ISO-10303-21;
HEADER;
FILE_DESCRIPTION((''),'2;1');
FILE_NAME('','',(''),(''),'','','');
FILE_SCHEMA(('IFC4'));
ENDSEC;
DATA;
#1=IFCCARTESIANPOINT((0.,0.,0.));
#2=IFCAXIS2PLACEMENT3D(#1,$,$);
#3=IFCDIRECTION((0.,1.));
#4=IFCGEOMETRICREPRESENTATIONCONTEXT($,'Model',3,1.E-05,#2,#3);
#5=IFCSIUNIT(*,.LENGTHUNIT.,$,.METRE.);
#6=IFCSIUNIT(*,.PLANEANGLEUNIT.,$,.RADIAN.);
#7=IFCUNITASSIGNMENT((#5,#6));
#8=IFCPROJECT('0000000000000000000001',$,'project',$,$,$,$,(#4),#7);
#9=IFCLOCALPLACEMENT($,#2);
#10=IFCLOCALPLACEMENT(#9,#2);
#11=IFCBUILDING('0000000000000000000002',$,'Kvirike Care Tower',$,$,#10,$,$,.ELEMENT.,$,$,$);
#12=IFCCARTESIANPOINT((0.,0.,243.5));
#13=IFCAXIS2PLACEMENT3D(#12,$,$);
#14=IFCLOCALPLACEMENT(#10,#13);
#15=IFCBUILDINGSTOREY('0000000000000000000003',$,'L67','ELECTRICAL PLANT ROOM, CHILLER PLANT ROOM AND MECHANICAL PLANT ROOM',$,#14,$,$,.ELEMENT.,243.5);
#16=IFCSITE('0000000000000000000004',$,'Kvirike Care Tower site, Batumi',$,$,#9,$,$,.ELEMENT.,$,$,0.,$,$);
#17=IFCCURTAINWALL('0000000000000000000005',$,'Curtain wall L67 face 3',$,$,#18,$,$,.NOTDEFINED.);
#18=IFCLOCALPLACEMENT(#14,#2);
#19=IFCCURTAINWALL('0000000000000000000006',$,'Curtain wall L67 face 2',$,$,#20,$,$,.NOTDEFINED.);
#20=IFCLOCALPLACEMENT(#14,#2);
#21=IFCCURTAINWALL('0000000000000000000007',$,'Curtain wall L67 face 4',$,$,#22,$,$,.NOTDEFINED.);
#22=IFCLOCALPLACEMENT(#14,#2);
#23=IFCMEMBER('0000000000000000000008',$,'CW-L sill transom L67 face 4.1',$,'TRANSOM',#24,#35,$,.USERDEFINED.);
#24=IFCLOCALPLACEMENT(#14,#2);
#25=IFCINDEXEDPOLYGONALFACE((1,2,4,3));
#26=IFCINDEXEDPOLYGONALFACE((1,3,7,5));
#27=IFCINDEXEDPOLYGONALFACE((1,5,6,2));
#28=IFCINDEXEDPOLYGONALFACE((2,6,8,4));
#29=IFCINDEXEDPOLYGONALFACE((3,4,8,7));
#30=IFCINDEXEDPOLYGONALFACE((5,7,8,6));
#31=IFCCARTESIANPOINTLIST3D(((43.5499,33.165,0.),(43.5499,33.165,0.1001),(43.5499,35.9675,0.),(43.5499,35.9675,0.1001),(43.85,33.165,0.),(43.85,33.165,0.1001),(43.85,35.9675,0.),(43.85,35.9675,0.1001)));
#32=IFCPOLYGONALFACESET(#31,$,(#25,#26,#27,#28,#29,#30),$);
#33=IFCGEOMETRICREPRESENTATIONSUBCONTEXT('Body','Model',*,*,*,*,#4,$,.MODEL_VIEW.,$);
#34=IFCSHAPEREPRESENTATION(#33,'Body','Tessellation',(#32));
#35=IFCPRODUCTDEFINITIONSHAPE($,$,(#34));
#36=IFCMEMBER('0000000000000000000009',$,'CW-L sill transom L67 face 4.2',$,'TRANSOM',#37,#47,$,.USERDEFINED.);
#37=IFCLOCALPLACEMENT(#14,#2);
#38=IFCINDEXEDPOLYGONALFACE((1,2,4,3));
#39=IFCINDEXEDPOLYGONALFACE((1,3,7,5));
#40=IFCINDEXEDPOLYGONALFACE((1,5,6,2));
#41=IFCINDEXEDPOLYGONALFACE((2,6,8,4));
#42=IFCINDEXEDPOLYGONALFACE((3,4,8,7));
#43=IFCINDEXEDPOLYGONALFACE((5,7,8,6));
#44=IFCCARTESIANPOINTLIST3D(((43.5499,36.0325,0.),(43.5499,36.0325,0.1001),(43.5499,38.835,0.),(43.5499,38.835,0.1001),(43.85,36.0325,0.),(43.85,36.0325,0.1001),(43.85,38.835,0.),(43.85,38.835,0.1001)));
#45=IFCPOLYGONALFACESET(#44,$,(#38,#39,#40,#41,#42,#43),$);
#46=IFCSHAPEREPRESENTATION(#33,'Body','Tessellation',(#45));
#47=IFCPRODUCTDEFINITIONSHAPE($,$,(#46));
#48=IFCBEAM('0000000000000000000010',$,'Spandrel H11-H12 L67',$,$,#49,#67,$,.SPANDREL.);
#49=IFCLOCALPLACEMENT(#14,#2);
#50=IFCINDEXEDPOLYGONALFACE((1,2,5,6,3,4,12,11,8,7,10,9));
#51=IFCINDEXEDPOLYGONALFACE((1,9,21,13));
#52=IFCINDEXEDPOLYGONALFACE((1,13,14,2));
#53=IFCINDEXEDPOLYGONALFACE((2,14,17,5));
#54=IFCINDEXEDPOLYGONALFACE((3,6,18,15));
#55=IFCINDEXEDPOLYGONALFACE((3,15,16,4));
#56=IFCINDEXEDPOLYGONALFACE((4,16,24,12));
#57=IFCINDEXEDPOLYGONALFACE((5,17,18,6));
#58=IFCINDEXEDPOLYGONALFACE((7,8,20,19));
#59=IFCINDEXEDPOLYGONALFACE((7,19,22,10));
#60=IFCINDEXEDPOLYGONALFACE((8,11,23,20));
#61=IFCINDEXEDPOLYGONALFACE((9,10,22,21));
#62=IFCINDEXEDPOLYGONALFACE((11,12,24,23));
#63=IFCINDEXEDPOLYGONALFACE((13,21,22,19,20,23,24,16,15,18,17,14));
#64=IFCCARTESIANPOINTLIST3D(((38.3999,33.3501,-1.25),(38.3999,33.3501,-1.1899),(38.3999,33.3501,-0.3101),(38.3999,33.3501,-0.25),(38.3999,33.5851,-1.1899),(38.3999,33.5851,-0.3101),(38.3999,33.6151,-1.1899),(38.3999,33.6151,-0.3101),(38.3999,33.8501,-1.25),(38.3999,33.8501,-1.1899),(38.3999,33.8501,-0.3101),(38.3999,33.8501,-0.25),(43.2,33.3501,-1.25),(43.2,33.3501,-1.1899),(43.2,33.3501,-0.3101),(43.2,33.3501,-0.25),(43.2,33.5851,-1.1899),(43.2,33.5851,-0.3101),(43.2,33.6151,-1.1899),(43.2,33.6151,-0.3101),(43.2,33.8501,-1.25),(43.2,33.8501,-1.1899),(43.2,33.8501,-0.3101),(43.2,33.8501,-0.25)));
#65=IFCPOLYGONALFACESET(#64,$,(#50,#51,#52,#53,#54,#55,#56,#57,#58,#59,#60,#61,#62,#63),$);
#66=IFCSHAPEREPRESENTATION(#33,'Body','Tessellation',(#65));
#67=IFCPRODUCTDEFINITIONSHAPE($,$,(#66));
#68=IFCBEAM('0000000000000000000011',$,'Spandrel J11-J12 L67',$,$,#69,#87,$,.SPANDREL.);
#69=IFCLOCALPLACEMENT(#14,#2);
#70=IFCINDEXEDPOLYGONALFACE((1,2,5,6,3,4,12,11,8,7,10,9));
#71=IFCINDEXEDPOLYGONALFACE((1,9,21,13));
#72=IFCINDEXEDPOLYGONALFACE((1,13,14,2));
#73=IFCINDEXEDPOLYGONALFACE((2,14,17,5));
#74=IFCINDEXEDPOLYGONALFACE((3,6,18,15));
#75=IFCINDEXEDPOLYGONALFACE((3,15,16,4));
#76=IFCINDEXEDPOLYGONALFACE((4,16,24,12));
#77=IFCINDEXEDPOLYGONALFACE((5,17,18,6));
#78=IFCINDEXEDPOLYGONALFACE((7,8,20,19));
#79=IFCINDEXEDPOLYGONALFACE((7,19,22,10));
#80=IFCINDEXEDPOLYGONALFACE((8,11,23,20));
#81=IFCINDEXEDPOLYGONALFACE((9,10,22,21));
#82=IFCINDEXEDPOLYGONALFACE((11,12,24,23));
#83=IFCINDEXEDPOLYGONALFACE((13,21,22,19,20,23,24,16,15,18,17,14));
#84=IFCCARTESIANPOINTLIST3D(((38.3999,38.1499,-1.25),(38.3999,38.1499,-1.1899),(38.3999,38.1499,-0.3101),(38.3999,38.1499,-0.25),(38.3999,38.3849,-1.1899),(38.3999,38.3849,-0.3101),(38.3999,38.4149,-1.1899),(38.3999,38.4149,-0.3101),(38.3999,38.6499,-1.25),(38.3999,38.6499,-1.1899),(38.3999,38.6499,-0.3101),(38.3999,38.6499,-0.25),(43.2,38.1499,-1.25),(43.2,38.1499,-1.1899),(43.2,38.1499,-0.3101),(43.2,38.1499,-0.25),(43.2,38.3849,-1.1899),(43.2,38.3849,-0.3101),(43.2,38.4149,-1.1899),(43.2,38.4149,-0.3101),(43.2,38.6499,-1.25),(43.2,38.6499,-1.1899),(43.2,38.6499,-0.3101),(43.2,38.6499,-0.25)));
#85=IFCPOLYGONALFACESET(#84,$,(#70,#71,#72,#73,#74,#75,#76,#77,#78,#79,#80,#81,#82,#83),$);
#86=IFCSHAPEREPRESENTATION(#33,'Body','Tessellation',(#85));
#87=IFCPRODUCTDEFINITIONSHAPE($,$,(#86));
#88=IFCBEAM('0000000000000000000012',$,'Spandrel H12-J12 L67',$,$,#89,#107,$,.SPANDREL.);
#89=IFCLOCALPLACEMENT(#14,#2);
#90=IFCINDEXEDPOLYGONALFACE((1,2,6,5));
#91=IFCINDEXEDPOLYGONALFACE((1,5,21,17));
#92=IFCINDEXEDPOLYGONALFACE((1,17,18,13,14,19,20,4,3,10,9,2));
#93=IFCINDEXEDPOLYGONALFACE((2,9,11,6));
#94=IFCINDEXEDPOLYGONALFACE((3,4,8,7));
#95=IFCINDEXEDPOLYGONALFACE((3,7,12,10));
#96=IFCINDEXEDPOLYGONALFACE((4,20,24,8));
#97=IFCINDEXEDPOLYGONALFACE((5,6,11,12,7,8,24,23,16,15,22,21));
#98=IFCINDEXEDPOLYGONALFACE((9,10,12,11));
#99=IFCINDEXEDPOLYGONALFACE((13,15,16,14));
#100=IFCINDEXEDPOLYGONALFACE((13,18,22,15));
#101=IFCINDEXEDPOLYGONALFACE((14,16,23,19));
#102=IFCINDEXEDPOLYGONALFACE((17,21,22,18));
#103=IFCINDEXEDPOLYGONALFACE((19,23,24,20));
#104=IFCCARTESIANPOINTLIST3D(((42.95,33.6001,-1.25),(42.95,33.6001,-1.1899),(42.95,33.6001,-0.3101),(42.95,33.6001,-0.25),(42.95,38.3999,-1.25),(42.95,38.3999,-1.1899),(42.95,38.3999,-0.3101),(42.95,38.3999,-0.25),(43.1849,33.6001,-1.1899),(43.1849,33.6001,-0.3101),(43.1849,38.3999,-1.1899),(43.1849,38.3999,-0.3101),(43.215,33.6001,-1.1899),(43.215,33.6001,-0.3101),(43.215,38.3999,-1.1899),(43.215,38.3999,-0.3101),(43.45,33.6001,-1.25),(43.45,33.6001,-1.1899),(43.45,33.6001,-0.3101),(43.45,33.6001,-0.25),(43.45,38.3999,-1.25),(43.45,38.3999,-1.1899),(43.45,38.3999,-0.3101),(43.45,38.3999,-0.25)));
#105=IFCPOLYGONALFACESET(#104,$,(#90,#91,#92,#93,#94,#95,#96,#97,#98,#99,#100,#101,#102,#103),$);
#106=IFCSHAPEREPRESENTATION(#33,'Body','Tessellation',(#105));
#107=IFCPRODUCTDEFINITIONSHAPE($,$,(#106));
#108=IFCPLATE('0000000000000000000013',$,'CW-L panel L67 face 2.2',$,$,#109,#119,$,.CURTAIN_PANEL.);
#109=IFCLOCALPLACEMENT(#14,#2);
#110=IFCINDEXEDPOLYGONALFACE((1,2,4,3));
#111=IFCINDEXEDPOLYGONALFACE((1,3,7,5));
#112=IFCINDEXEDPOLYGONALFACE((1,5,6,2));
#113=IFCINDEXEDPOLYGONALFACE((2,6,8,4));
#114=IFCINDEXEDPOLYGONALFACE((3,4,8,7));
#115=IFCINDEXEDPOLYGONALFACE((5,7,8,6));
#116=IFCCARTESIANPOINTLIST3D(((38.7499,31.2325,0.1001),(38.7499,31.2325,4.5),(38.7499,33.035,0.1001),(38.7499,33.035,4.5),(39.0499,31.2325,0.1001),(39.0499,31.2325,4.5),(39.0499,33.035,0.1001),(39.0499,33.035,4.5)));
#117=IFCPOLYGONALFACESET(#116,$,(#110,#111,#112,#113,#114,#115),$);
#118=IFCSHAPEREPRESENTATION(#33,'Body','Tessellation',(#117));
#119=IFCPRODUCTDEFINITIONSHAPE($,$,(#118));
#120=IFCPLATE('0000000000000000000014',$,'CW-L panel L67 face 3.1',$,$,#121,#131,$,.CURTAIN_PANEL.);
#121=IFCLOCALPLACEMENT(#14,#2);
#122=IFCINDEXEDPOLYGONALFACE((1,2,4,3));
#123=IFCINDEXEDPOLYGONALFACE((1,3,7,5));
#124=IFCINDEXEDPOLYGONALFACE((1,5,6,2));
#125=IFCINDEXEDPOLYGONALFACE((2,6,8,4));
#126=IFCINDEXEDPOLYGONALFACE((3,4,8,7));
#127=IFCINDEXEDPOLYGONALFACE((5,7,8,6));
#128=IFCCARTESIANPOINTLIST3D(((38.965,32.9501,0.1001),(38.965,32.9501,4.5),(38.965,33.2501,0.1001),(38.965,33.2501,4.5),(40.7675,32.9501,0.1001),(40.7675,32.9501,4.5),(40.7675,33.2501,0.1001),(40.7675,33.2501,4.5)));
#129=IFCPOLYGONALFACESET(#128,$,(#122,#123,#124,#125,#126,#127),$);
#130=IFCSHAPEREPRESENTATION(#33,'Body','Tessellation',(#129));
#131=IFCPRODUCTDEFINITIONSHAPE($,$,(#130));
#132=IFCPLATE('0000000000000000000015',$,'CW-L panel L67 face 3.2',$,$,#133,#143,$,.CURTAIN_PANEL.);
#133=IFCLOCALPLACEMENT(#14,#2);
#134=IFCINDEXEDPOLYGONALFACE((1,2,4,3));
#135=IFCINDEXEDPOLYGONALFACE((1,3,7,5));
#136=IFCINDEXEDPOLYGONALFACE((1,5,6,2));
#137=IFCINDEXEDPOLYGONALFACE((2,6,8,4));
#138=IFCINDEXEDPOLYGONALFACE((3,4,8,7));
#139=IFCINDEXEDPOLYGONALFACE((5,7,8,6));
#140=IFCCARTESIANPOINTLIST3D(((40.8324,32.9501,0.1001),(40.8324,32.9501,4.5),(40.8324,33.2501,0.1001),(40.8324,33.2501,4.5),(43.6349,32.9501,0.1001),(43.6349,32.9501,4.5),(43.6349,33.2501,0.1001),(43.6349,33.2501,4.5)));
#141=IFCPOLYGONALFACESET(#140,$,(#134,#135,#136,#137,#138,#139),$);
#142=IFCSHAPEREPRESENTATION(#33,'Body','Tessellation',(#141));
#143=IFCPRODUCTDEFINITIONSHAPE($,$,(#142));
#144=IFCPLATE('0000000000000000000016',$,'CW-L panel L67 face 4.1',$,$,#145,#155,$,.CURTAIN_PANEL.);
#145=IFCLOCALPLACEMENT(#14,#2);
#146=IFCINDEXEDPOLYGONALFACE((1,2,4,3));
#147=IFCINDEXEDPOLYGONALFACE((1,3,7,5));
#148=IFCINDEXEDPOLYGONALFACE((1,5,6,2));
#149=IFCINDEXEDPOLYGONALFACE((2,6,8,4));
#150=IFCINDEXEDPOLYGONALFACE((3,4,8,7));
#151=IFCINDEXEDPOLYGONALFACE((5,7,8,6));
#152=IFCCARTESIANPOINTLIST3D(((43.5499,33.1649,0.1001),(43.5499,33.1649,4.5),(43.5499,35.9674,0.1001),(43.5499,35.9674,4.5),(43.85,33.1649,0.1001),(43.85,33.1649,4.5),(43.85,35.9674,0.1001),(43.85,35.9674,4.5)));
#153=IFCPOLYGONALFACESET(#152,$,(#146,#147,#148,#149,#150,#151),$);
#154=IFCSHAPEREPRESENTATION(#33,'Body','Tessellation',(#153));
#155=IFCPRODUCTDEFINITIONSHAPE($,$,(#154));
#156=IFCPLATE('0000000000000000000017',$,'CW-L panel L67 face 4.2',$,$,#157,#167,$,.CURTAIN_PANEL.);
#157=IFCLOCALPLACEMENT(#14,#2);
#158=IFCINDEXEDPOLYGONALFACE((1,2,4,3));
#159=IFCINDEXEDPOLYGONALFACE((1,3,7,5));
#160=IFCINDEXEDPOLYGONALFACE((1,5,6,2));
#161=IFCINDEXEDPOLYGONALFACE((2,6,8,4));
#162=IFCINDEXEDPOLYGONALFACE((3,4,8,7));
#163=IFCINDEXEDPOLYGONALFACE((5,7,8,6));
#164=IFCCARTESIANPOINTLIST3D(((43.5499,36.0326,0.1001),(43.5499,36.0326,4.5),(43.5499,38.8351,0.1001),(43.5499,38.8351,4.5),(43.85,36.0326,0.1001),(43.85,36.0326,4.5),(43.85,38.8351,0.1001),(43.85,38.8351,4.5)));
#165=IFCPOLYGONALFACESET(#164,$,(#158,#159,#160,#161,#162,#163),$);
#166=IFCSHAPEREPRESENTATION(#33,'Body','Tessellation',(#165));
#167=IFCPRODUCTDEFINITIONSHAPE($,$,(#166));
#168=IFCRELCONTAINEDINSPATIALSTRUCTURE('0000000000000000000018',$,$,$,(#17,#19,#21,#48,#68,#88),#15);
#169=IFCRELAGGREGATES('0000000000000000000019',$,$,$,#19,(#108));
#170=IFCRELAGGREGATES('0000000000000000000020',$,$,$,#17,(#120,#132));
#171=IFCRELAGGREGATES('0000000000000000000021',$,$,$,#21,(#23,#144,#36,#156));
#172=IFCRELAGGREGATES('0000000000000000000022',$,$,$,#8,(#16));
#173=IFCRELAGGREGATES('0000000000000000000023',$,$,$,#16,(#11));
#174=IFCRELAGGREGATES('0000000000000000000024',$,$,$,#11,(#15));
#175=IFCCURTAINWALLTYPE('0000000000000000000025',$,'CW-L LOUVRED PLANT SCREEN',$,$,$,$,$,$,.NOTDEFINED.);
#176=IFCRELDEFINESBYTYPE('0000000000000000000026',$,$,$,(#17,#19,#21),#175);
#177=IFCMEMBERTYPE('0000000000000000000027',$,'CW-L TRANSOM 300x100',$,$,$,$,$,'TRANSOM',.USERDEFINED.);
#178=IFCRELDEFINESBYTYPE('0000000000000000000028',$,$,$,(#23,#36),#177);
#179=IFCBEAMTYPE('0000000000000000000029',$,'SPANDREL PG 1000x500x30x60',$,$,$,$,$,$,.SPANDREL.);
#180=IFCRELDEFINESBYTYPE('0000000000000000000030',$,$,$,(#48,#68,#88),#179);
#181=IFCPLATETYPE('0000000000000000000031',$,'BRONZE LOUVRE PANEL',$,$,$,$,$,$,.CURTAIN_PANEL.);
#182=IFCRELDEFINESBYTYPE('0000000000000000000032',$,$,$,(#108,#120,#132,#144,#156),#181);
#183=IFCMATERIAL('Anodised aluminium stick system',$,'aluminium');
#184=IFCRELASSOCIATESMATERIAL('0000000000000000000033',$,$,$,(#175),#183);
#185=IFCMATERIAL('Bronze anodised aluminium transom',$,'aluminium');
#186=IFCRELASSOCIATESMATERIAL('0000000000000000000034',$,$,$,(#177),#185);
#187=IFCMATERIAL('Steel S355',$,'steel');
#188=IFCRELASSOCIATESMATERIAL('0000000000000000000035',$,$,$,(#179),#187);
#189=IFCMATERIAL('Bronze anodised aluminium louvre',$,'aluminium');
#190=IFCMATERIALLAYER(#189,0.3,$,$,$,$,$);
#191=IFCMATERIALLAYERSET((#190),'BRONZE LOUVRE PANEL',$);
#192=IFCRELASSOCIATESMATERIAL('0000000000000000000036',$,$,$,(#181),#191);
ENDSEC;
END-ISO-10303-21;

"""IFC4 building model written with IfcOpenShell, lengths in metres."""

from ifc_helpers import new_model, si_unit, direction, frame, origin, origin_2d, place, context, subcontext, project, spatial, rectangle, i_section, extrude, material, layer, layer_set, material_profile, profile_set, type_object, element, aggregate, save


model = new_model("IFC4")

# Units and contexts
model_context = context("Model", 3, precision=1e-05, world=origin(), true_north=direction((0.0, 1.0)))
body_context = subcontext(model_context, "Body", "Model", "MODEL_VIEW")
ifc_project = project(units=[si_unit("LENGTHUNIT", "METRE"), si_unit("PLANEANGLEUNIT", "RADIAN")], contexts=[model_context])

# Site, building, storey
site_placement = place(None, origin())
site = spatial("IfcSite", under=ifc_project, at=site_placement, Name="Kvirike Care Tower site, Batumi", CompositionType="ELEMENT", RefElevation=0.0)
building_placement = place(site_placement, origin())
building = spatial("IfcBuilding", under=site, at=building_placement, Name="Kvirike Care Tower", CompositionType="ELEMENT")
storey_placement = place(building_placement, frame((0.0, 0.0, 243.5)))
storey = spatial("IfcBuildingStorey", under=building, at=storey_placement, Name="L67", Description="ELECTRICAL PLANT ROOM, CHILLER PLANT ROOM AND MECHANICAL PLANT ROOM", CompositionType="ELEMENT", Elevation=243.5)

# Curtain walls
ifc_material_1 = material(Name="Anodised aluminium stick system", Category="aluminium")
curtain_wall_type = type_object("IfcCurtainWallType", Name="CW-L LOUVRED PLANT SCREEN", PredefinedType="NOTDEFINED", material=ifc_material_1)
curtain_wall_1_placement = place(storey_placement, origin())
curtain_wall_1 = element("IfcCurtainWall", 1, at=curtain_wall_1_placement, inside=storey, type_object=curtain_wall_type, Name="Curtain wall L67 face 3", PredefinedType="NOTDEFINED")
curtain_wall_2_placement = place(storey_placement, origin())
curtain_wall_2 = element("IfcCurtainWall", 2, at=curtain_wall_2_placement, inside=storey, type_object=curtain_wall_type, Name="Curtain wall L67 face 2", PredefinedType="NOTDEFINED")

# Curtain wall
curtain_wall_3_placement = place(storey_placement, origin())
curtain_wall_3 = element("IfcCurtainWall", 3, at=curtain_wall_3_placement, inside=storey, type_object=curtain_wall_type, Name="Curtain wall L67 face 4", PredefinedType="NOTDEFINED")

# Members
ifc_material_2 = material(Name="Bronze anodised aluminium transom", Category="aluminium")
ifc_material_profile_1 = material_profile(ifc_material_2, rectangle(XDim=0.3, YDim=0.1001, at=origin_2d()), Name="CW-L TRANSOM 300x100")
ifc_profile_set_1 = profile_set([ifc_material_profile_1], Name="Bronze anodised aluminium transom")
member_type_1 = type_object("IfcMemberType", Name="CW-L TRANSOM 300x100", ElementType="TRANSOM", PredefinedType="USERDEFINED", material=ifc_profile_set_1)
member_1_placement = place(storey_placement, frame((43.7, 33.165, 0.05), z_axis=(0.0, 1.0, 0.0), x_axis=(-1.0, 0.0, 0.0)))
member_1 = element("IfcMember", 4, at=member_1_placement, type_object=member_type_1, Name="CW-L sill transom L67 face 4.1", ObjectType="TRANSOM", PredefinedType="USERDEFINED", context=body_context, shape_type="SweptSolid", body=[
    extrude(rectangle(XDim=0.3, YDim=0.1001, at=origin_2d()), origin(), (0.0, 0.0, 1.0), 2.8025),
])
member_2_placement = place(storey_placement, frame((43.7, 36.0325, 0.05), z_axis=(0.0, 1.0, 0.0), x_axis=(-1.0, 0.0, 0.0)))
member_2 = element("IfcMember", 5, at=member_2_placement, type_object=member_type_1, Name="CW-L sill transom L67 face 4.2", ObjectType="TRANSOM", PredefinedType="USERDEFINED", context=body_context, shape_type="SweptSolid", body=[
    extrude(rectangle(XDim=0.3, YDim=0.1001, at=origin_2d()), origin(), (0.0, 0.0, 1.0), 2.8025),
])

# Beams
ifc_material_3 = material(Name="Steel S355", Category="steel")
ifc_material_profile_2 = material_profile(ifc_material_3, i_section(OverallWidth=0.5, OverallDepth=1.0, WebThickness=0.03, FlangeThickness=0.0601, at=origin_2d()), Name="PG 1000x500x30x60")
ifc_profile_set_2 = profile_set([ifc_material_profile_2], Name="Steel S355")
beam_type = type_object("IfcBeamType", Name="SPANDREL PG 1000x500x30x60", PredefinedType="SPANDREL", material=ifc_profile_set_2)
for number, where, z_axis, x_axis, name in (
    (6, (38.3999, 33.6001, -0.75), (1.0, 0.0, 0.0), (0.0, 1.0, 0.0), "Spandrel H11-H12 L67"),
    (7, (38.3999, 38.3999, -0.75), (1.0, 0.0, 0.0), (0.0, 1.0, 0.0), "Spandrel J11-J12 L67"),
):
    element("IfcBeam", number, at=place(storey_placement, frame(where, z_axis=z_axis, x_axis=x_axis)), inside=storey, type_object=beam_type, Name=name, PredefinedType="SPANDREL", context=body_context, shape_type="SweptSolid", body=[
        extrude(i_section(OverallWidth=0.5, OverallDepth=1.0, WebThickness=0.03, FlangeThickness=0.0601, at=origin_2d()), origin(), (0.0, 0.0, 1.0), 4.8),
    ])
beam_placement = place(storey_placement, frame((43.2, 33.6001, -0.75), z_axis=(0.0, 1.0, 0.0), x_axis=(-1.0, 0.0, 0.0)))
element("IfcBeam", 8, at=beam_placement, inside=storey, type_object=beam_type, Name="Spandrel H12-J12 L67", PredefinedType="SPANDREL", context=body_context, shape_type="SweptSolid", body=[
    extrude(i_section(OverallWidth=0.5, OverallDepth=1.0, WebThickness=0.03, FlangeThickness=0.0601, at=origin_2d()), origin(), (0.0, 0.0, 1.0), 4.7998),
])

# Plates
ifc_material_4 = material(Name="Bronze anodised aluminium louvre", Category="aluminium")
ifc_layer = layer(ifc_material_4, 0.3)
ifc_layer_set = layer_set([ifc_layer], Name="BRONZE LOUVRE PANEL")
plate_type = type_object("IfcPlateType", Name="BRONZE LOUVRE PANEL", PredefinedType="CURTAIN_PANEL", material=ifc_layer_set)
plate_1_placement = place(storey_placement, frame((38.8999, 32.1338, 0.1001), z_axis=(0.0, 0.0, 1.0), x_axis=(0.0, 1.0, 0.0)))
plate_1 = element("IfcPlate", 9, at=plate_1_placement, type_object=plate_type, Name="CW-L panel L67 face 2.2", PredefinedType="CURTAIN_PANEL", context=body_context, shape_type="SweptSolid", body=[
    extrude(rectangle(XDim=1.8025, YDim=0.3, at=origin_2d()), origin(), (0.0, 0.0, 1.0), 4.3999),
])
aggregate(curtain_wall_2, [plate_1])
plate_2_placement = place(storey_placement, frame((39.8662, 33.1001, 0.1001), z_axis=(0.0, 0.0, 1.0), x_axis=(1.0, 0.0, 0.0)))
plate_2 = element("IfcPlate", 10, at=plate_2_placement, type_object=plate_type, Name="CW-L panel L67 face 3.1", PredefinedType="CURTAIN_PANEL", context=body_context, shape_type="SweptSolid", body=[
    extrude(rectangle(XDim=1.8025, YDim=0.3, at=origin_2d()), origin(), (0.0, 0.0, 1.0), 4.3999),
])
plate_3_placement = place(storey_placement, frame((42.2336, 33.1001, 0.1001), z_axis=(0.0, 0.0, 1.0), x_axis=(1.0, 0.0, 0.0)))
plate_3 = element("IfcPlate", 11, at=plate_3_placement, type_object=plate_type, Name="CW-L panel L67 face 3.2", PredefinedType="CURTAIN_PANEL", context=body_context, shape_type="SweptSolid", body=[
    extrude(rectangle(XDim=2.8025, YDim=0.3, at=origin_2d()), origin(), (0.0, 0.0, 1.0), 4.3999),
])
aggregate(curtain_wall_1, [plate_2, plate_3])
plate_4_placement = place(storey_placement, frame((43.7, 34.5662, 0.1001), z_axis=(0.0, 0.0, 1.0), x_axis=(0.0, 1.0, 0.0)))
plate_4 = element("IfcPlate", 12, at=plate_4_placement, type_object=plate_type, Name="CW-L panel L67 face 4.1", PredefinedType="CURTAIN_PANEL", context=body_context, shape_type="SweptSolid", body=[
    extrude(rectangle(XDim=2.8025, YDim=0.3, at=origin_2d()), origin(), (0.0, 0.0, 1.0), 4.3999),
])
plate_5_placement = place(storey_placement, frame((43.7, 37.4338, 0.1001), z_axis=(0.0, 0.0, 1.0), x_axis=(0.0, 1.0, 0.0)))
plate_5 = element("IfcPlate", 13, at=plate_5_placement, type_object=plate_type, Name="CW-L panel L67 face 4.2", PredefinedType="CURTAIN_PANEL", context=body_context, shape_type="SweptSolid", body=[
    extrude(rectangle(XDim=2.8025, YDim=0.3, at=origin_2d()), origin(), (0.0, 0.0, 1.0), 4.3999),
])
aggregate(curtain_wall_3, [member_1, plate_4, member_2, plate_5])

save(model, "model.ifc")
